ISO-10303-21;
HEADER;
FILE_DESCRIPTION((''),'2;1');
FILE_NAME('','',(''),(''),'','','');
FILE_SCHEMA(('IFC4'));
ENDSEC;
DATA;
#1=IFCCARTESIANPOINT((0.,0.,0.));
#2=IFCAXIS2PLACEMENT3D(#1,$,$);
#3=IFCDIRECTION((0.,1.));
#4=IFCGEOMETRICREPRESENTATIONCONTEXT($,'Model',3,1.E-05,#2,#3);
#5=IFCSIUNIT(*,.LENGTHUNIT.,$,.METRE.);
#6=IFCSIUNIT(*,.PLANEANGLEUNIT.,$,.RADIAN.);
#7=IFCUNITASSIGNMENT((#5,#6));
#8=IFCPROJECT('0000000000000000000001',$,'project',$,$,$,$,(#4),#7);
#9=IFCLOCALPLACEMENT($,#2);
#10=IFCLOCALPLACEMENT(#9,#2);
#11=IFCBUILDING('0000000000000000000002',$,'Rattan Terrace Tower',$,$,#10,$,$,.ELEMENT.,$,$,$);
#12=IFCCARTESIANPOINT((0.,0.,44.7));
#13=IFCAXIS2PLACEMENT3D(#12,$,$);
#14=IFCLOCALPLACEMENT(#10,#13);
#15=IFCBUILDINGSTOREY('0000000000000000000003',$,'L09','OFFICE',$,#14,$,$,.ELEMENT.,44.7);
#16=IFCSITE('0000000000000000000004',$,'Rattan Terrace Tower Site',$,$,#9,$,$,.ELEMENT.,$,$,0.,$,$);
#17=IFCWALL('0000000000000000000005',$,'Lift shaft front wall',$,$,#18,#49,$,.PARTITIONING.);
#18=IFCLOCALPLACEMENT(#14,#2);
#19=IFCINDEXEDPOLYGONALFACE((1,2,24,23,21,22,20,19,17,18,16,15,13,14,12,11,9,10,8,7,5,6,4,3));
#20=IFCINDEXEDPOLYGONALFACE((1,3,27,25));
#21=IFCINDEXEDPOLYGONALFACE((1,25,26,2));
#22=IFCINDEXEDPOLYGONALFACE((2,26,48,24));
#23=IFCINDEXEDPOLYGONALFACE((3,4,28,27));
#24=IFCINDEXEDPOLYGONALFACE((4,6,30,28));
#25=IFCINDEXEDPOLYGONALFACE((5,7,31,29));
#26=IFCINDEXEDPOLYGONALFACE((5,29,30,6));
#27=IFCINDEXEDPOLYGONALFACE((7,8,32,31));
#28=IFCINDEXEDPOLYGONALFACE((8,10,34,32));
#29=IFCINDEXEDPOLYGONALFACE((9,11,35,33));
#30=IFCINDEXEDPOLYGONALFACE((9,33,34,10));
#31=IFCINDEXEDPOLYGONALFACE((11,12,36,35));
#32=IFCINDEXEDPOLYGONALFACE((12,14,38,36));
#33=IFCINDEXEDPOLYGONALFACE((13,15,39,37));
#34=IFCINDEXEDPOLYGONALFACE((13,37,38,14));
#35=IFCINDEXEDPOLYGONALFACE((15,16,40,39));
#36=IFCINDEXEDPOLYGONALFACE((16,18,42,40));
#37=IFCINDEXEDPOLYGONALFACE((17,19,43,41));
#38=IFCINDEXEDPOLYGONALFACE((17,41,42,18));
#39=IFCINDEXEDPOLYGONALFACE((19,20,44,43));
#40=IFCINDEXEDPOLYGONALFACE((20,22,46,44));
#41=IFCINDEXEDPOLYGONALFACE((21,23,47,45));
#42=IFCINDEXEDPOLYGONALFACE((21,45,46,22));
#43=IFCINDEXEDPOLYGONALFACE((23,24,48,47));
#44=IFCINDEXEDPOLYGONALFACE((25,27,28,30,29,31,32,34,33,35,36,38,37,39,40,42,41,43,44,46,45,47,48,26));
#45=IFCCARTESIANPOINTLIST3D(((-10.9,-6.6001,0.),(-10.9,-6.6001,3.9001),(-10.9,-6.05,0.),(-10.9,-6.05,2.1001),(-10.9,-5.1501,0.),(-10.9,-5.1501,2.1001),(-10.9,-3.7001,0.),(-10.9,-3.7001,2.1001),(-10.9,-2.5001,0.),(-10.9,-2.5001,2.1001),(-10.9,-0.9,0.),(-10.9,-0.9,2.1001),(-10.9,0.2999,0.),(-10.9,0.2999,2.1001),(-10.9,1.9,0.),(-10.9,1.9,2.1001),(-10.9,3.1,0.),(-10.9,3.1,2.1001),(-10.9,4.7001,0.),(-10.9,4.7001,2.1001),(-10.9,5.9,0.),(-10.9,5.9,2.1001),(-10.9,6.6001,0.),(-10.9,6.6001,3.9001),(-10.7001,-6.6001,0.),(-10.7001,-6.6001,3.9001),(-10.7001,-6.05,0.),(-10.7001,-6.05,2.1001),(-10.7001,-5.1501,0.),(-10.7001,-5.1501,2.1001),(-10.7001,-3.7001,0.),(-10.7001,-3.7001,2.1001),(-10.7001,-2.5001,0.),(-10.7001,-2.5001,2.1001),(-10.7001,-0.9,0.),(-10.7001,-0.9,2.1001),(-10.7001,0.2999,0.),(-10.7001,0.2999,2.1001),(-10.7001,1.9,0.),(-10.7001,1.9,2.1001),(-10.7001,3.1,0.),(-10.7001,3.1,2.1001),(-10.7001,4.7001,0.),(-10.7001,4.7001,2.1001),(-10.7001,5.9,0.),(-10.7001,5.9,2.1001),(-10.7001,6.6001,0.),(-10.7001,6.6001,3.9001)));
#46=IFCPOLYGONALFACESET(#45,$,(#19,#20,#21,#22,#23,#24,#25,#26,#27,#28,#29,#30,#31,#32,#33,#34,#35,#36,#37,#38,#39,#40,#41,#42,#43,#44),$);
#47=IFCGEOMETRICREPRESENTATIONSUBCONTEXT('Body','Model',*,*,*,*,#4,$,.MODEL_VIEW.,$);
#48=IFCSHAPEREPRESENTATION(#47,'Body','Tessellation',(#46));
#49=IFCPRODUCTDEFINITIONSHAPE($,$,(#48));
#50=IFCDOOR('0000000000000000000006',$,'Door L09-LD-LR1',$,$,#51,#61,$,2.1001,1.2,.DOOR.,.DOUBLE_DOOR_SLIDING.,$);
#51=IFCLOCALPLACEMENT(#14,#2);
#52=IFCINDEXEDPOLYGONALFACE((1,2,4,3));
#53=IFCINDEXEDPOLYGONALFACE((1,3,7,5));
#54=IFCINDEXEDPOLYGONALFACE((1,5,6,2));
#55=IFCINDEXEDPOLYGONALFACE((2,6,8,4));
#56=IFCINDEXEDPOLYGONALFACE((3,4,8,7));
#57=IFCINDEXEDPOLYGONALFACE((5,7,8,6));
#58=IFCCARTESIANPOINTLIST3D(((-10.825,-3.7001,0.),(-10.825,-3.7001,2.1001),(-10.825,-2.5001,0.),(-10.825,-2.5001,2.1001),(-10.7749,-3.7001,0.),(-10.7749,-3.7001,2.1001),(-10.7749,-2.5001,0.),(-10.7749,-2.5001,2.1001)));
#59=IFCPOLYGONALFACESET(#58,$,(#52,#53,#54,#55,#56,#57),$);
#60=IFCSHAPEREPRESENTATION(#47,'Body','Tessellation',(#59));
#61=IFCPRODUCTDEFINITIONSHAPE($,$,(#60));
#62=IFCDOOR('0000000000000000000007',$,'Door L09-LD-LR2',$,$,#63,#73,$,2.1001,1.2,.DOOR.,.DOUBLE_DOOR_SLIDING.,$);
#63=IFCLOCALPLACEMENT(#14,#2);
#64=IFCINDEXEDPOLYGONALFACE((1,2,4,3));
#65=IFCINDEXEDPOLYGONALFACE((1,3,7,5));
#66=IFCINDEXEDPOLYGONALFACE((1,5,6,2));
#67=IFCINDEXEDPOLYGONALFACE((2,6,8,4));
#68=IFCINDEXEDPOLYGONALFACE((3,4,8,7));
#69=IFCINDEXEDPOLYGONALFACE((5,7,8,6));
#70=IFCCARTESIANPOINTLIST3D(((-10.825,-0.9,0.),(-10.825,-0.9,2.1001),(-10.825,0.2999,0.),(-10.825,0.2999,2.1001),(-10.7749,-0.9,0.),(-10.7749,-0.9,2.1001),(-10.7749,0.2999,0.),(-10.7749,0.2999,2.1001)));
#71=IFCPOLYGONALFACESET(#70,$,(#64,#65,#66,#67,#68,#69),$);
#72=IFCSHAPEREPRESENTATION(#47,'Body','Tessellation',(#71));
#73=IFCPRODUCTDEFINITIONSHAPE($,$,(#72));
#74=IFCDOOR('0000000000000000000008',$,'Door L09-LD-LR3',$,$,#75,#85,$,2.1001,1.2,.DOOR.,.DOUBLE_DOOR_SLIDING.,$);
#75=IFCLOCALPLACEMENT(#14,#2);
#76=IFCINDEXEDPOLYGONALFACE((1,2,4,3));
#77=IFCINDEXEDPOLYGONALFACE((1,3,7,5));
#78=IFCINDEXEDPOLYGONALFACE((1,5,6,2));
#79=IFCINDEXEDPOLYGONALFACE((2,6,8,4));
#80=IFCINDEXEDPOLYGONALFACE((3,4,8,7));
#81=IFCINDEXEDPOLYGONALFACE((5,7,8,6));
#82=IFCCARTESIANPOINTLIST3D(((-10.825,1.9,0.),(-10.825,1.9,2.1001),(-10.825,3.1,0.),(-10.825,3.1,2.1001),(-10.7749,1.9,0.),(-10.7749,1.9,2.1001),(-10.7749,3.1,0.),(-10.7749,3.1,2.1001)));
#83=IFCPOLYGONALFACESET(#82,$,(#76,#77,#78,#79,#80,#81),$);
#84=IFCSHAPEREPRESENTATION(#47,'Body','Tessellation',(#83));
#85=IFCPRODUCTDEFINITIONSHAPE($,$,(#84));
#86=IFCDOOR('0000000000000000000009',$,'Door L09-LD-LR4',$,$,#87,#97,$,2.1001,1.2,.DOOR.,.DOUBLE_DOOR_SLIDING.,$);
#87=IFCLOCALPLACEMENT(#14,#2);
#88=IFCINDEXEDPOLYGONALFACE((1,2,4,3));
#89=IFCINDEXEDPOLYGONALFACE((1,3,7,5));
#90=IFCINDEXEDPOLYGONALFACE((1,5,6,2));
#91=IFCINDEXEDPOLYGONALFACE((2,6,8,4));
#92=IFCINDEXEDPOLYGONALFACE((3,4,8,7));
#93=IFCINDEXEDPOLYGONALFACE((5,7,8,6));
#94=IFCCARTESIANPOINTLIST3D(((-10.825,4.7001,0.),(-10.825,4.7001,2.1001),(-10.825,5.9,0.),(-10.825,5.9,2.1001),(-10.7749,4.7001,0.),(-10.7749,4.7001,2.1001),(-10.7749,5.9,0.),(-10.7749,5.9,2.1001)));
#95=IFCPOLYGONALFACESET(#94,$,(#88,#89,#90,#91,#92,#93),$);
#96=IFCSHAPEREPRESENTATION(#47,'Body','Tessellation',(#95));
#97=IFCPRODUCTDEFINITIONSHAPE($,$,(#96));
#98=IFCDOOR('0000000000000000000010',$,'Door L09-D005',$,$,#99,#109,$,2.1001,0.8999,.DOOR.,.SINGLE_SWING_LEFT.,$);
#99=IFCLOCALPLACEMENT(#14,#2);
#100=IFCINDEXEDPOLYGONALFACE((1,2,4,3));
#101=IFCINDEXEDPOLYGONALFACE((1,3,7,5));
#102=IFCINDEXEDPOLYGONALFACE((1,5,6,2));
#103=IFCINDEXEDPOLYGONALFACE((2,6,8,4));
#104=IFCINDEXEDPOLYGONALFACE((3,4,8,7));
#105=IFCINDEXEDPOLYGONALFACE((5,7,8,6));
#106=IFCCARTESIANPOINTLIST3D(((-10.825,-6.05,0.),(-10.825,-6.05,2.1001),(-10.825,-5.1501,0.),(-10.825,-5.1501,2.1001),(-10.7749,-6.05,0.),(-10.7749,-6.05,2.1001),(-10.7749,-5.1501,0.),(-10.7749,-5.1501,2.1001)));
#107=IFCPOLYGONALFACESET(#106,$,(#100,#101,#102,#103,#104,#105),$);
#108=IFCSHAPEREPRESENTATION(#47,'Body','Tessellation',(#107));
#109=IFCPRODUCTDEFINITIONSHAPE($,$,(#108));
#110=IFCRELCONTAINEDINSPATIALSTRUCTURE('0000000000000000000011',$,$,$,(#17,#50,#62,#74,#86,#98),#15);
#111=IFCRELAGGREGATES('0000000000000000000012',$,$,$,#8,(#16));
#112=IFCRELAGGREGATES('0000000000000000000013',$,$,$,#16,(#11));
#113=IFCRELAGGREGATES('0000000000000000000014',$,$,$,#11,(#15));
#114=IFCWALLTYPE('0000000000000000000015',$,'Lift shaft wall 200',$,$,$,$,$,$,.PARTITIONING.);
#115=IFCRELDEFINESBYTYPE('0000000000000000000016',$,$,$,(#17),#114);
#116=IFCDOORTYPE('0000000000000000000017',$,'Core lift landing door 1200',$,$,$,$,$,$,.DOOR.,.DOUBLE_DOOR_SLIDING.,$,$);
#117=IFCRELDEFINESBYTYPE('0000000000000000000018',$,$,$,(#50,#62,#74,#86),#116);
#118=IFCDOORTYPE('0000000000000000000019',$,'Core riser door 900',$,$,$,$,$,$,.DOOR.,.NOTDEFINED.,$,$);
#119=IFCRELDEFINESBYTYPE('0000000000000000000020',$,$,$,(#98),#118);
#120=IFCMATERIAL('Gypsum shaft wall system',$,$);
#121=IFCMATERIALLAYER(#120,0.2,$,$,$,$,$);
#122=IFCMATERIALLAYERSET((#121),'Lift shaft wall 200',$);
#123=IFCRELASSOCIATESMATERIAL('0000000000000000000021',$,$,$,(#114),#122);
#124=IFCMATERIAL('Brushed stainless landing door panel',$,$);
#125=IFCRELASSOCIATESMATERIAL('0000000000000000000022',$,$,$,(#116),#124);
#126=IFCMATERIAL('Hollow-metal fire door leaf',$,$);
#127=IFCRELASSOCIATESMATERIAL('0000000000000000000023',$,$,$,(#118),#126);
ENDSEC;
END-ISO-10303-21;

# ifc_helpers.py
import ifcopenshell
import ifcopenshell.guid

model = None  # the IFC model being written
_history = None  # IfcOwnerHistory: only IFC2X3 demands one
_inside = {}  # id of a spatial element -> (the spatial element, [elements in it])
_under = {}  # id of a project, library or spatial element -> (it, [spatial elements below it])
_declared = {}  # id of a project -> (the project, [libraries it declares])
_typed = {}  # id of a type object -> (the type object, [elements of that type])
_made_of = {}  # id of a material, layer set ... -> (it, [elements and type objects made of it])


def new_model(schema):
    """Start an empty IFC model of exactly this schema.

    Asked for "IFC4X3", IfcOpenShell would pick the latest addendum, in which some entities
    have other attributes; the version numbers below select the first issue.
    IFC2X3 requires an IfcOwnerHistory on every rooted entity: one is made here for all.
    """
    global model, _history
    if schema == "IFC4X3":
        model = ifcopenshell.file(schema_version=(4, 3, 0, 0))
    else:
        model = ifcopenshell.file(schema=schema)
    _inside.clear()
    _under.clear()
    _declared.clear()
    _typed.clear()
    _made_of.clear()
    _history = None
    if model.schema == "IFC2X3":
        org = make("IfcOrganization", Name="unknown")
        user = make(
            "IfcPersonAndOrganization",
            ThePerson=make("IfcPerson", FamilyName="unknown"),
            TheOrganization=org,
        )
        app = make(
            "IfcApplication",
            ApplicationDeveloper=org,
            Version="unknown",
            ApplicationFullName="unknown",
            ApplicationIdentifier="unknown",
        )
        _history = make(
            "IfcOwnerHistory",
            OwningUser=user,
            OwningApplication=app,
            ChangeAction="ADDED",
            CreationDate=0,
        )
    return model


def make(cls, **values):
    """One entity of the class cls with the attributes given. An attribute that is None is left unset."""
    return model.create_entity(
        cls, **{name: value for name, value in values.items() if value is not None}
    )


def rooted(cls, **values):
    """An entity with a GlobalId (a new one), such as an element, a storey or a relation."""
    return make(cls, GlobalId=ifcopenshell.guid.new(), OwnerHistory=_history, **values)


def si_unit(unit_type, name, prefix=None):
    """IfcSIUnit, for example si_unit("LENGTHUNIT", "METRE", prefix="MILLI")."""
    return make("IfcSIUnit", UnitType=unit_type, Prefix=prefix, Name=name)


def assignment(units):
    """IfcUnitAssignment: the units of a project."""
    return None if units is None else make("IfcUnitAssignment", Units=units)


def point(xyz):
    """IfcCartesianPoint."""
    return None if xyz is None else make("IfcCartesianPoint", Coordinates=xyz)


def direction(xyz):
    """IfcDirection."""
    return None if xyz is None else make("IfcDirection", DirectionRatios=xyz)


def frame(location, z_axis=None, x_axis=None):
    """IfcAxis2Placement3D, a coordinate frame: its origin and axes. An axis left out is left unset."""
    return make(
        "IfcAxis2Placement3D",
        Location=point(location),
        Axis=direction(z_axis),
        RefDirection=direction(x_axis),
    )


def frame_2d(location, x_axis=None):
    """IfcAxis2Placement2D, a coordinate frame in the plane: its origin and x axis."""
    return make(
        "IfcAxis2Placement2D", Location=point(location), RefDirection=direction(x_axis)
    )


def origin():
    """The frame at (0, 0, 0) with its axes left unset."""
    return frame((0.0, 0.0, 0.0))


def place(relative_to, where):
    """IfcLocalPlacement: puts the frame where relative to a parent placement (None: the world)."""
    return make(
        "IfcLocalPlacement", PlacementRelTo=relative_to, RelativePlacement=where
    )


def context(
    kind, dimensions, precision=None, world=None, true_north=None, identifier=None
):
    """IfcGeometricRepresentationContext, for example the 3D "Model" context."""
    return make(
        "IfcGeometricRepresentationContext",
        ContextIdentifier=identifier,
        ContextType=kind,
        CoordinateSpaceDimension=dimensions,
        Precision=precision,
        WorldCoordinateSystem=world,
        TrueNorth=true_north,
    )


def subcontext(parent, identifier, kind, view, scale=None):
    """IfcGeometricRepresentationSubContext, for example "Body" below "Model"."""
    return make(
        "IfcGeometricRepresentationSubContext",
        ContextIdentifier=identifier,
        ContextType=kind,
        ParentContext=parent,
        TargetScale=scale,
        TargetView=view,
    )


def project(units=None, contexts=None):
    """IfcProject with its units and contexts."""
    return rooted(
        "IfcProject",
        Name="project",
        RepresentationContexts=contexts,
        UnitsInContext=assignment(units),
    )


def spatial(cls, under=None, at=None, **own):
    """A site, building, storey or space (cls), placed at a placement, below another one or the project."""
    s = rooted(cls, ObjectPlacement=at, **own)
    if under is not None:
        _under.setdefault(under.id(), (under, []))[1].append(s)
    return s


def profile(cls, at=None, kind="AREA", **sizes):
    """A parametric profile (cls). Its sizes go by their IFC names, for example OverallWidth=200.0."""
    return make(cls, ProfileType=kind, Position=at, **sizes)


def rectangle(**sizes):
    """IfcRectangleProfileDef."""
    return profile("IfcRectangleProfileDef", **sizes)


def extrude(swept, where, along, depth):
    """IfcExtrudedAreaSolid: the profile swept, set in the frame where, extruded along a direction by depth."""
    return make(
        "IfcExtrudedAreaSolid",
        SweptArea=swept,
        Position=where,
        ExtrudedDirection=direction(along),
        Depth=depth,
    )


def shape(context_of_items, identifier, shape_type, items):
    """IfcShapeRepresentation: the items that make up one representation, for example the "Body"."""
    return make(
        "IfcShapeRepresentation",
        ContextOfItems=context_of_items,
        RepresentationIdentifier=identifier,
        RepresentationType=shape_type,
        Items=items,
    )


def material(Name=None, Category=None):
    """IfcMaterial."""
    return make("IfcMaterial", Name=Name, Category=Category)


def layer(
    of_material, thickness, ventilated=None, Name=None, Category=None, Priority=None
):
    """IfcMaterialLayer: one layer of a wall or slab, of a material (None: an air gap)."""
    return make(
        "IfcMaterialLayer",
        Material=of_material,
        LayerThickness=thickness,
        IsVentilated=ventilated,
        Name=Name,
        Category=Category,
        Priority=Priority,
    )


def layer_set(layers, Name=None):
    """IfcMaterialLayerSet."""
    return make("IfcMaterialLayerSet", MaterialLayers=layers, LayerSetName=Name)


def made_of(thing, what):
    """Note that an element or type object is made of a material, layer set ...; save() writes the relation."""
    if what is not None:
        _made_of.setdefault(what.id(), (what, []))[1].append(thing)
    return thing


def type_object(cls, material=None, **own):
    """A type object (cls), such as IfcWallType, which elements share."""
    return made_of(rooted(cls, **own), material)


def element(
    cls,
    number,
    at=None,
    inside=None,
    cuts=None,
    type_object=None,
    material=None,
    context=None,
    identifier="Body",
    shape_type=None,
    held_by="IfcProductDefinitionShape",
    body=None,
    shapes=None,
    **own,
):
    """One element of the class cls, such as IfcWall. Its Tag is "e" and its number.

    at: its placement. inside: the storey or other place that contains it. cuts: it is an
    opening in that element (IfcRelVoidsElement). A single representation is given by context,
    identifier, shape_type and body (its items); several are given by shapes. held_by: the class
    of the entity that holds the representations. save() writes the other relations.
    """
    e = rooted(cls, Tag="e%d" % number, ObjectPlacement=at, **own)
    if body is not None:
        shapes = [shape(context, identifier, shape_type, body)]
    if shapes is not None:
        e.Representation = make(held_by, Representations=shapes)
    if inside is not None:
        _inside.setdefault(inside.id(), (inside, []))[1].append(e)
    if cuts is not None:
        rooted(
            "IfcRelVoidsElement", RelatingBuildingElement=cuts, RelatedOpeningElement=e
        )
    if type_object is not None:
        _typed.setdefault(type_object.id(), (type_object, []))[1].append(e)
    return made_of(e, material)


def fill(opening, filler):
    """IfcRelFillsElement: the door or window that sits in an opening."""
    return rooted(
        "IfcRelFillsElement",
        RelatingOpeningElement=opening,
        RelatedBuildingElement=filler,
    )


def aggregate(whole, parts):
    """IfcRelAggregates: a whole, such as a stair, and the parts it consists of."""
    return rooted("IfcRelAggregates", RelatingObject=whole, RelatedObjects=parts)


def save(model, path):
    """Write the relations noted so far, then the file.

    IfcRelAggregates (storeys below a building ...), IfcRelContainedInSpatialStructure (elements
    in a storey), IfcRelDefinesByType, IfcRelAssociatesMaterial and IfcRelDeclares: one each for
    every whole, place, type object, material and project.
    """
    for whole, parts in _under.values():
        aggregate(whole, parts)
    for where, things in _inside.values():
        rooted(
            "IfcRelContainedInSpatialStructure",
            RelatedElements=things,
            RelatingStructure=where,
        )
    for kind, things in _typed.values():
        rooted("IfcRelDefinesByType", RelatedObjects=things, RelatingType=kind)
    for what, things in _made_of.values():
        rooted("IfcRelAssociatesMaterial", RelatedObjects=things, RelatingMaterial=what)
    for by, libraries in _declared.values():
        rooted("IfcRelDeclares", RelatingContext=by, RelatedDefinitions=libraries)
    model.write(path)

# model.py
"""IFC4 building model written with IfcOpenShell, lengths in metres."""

from ifc_helpers import new_model, si_unit, direction, frame, frame_2d, origin, place, context, subcontext, project, spatial, rectangle, extrude, material, layer, layer_set, type_object, element, fill, save


model = new_model("IFC4")

# Units and contexts
model_context = context("Model", 3, precision=1e-05, world=origin(), true_north=direction((0.0, 1.0)))
body_context = subcontext(model_context, "Body", "Model", "MODEL_VIEW")
ifc_project = project(units=[si_unit("LENGTHUNIT", "METRE"), si_unit("PLANEANGLEUNIT", "RADIAN")], contexts=[model_context])

# Site, building, storey
site_placement = place(None, origin())
site = spatial("IfcSite", under=ifc_project, at=site_placement, Name="Rattan Terrace Tower Site", CompositionType="ELEMENT", RefElevation=0.0)
building_placement = place(site_placement, origin())
building = spatial("IfcBuilding", under=site, at=building_placement, Name="Rattan Terrace Tower", CompositionType="ELEMENT")
storey_placement = place(building_placement, frame((0.0, 0.0, 44.7)))
storey = spatial("IfcBuildingStorey", under=building, at=storey_placement, Name="L09", Description="OFFICE", CompositionType="ELEMENT", Elevation=44.7)

# Wall, openings, doors
ifc_material_1 = material(Name="Gypsum shaft wall system")
ifc_layer_1 = layer(ifc_material_1, 0.2)
ifc_layer_set_1 = layer_set([ifc_layer_1], Name="Lift shaft wall 200")
wall_type_1 = type_object("IfcWallType", Name="Lift shaft wall 200", PredefinedType="PARTITIONING", material=ifc_layer_set_1)
wall_1_placement = place(storey_placement, frame((-10.8, -6.6001, 0.0), z_axis=(0.0, 0.0, 1.0), x_axis=(0.0, 1.0, 0.0)))
wall_1 = element("IfcWall", 1, at=wall_1_placement, inside=storey, type_object=wall_type_1, Name="Lift shaft front wall", PredefinedType="PARTITIONING", context=body_context, shape_type="SweptSolid", body=[
    extrude(rectangle(XDim=13.2002, YDim=0.2, at=frame_2d((6.6001, 0.0))), origin(), (0.0, 0.0, 1.0), 3.9001),
])
opening_1_placement = place(wall_1_placement, frame((0.55, 0.0, 0.0)))
opening_1 = element("IfcOpeningElement", 2, at=opening_1_placement, cuts=wall_1, PredefinedType="OPENING", context=body_context, shape_type="SweptSolid", body=[
    extrude(rectangle(XDim=0.8999, YDim=2.1001, at=frame_2d((0.45, 1.05))), frame((0.0, 0.1106, 0.0), z_axis=(0.0, -1.0, 0.0), x_axis=(1.0, 0.0, 0.0)), (0.0, 0.0, 1.0), 0.2209),
])
opening_2_placement = place(wall_1_placement, frame((2.8999, 0.0, 0.0)))
opening_2 = element("IfcOpeningElement", 3, at=opening_2_placement, cuts=wall_1, PredefinedType="OPENING", context=body_context, shape_type="SweptSolid", body=[
    extrude(rectangle(XDim=1.2, YDim=2.1001, at=frame_2d((0.6001, 1.05))), frame((0.0, 0.1106, 0.0), z_axis=(0.0, -1.0, 0.0), x_axis=(1.0, 0.0, 0.0)), (0.0, 0.0, 1.0), 0.2209),
])
opening_3_placement = place(wall_1_placement, frame((5.7, 0.0, 0.0)))
opening_3 = element("IfcOpeningElement", 4, at=opening_3_placement, cuts=wall_1, PredefinedType="OPENING", context=body_context, shape_type="SweptSolid", body=[
    extrude(rectangle(XDim=1.2, YDim=2.1001, at=frame_2d((0.6001, 1.05))), frame((0.0, 0.1106, 0.0), z_axis=(0.0, -1.0, 0.0), x_axis=(1.0, 0.0, 0.0)), (0.0, 0.0, 1.0), 0.2209),
])
opening_4_placement = place(wall_1_placement, frame((8.5, 0.0, 0.0)))
opening_4 = element("IfcOpeningElement", 5, at=opening_4_placement, cuts=wall_1, PredefinedType="OPENING", context=body_context, shape_type="SweptSolid", body=[
    extrude(rectangle(XDim=1.2, YDim=2.1001, at=frame_2d((0.6001, 1.05))), frame((0.0, 0.1106, 0.0), z_axis=(0.0, -1.0, 0.0), x_axis=(1.0, 0.0, 0.0)), (0.0, 0.0, 1.0), 0.2209),
])
opening_5_placement = place(wall_1_placement, frame((11.3, 0.0, 0.0)))
opening_5 = element("IfcOpeningElement", 6, at=opening_5_placement, cuts=wall_1, PredefinedType="OPENING", context=body_context, shape_type="SweptSolid", body=[
    extrude(rectangle(XDim=1.2, YDim=2.1001, at=frame_2d((0.6001, 1.05))), frame((0.0, 0.1106, 0.0), z_axis=(0.0, -1.0, 0.0), x_axis=(1.0, 0.0, 0.0)), (0.0, 0.0, 1.0), 0.2209),
])
ifc_material_2 = material(Name="Brushed stainless landing door panel")
door_type_1 = type_object("IfcDoorType", Name="Core lift landing door 1200", OperationType="DOUBLE_DOOR_SLIDING", PredefinedType="DOOR", material=ifc_material_2)
door_1_placement = place(opening_2_placement, origin())
door_1 = element("IfcDoor", 7, at=door_1_placement, inside=storey, type_object=door_type_1, Name="Door L09-LD-LR1", OperationType="DOUBLE_DOOR_SLIDING", OverallHeight=2.1001, OverallWidth=1.2, PredefinedType="DOOR", context=body_context, shape_type="SweptSolid", body=[
    extrude(rectangle(XDim=1.2, YDim=2.1001, at=frame_2d((0.6001, 1.05))), frame((0.0, 0.0249, 0.0), z_axis=(0.0, -1.0, 0.0), x_axis=(1.0, 0.0, 0.0)), (0.0, 0.0, 1.0), 0.05),
])
fill(opening_2, door_1)
door_2_placement = place(opening_3_placement, origin())
door_2 = element("IfcDoor", 8, at=door_2_placement, inside=storey, type_object=door_type_1, Name="Door L09-LD-LR2", OperationType="DOUBLE_DOOR_SLIDING", OverallHeight=2.1001, OverallWidth=1.2, PredefinedType="DOOR", context=body_context, shape_type="SweptSolid", body=[
    extrude(rectangle(XDim=1.2, YDim=2.1001, at=frame_2d((0.6001, 1.05))), frame((0.0, 0.0249, 0.0), z_axis=(0.0, -1.0, 0.0), x_axis=(1.0, 0.0, 0.0)), (0.0, 0.0, 1.0), 0.05),
])
fill(opening_3, door_2)
door_3_placement = place(opening_4_placement, origin())
door_3 = element("IfcDoor", 9, at=door_3_placement, inside=storey, type_object=door_type_1, Name="Door L09-LD-LR3", OperationType="DOUBLE_DOOR_SLIDING", OverallHeight=2.1001, OverallWidth=1.2, PredefinedType="DOOR", context=body_context, shape_type="SweptSolid", body=[
    extrude(rectangle(XDim=1.2, YDim=2.1001, at=frame_2d((0.6001, 1.05))), frame((0.0, 0.0249, 0.0), z_axis=(0.0, -1.0, 0.0), x_axis=(1.0, 0.0, 0.0)), (0.0, 0.0, 1.0), 0.05),
])
fill(opening_4, door_3)
door_4_placement = place(opening_5_placement, origin())
door_4 = element("IfcDoor", 10, at=door_4_placement, inside=storey, type_object=door_type_1, Name="Door L09-LD-LR4", OperationType="DOUBLE_DOOR_SLIDING", OverallHeight=2.1001, OverallWidth=1.2, PredefinedType="DOOR", context=body_context, shape_type="SweptSolid", body=[
    extrude(rectangle(XDim=1.2, YDim=2.1001, at=frame_2d((0.6001, 1.05))), frame((0.0, 0.0249, 0.0), z_axis=(0.0, -1.0, 0.0), x_axis=(1.0, 0.0, 0.0)), (0.0, 0.0, 1.0), 0.05),
])
fill(opening_5, door_4)
ifc_material_3 = material(Name="Hollow-metal fire door leaf")
door_type_2 = type_object("IfcDoorType", Name="Core riser door 900", OperationType="NOTDEFINED", PredefinedType="DOOR", material=ifc_material_3)
door_5_placement = place(opening_1_placement, origin())
door_5 = element("IfcDoor", 11, at=door_5_placement, inside=storey, type_object=door_type_2, Name="Door L09-D005", OperationType="SINGLE_SWING_LEFT", OverallHeight=2.1001, OverallWidth=0.8999, PredefinedType="DOOR", context=body_context, shape_type="SweptSolid", body=[
    extrude(rectangle(XDim=0.8999, YDim=2.1001, at=frame_2d((0.45, 1.05))), frame((0.0, 0.0249, 0.0), z_axis=(0.0, -1.0, 0.0), x_axis=(1.0, 0.0, 0.0)), (0.0, 0.0, 1.0), 0.05),
])
fill(opening_1, door_5)

save(model, "model.ifc")
